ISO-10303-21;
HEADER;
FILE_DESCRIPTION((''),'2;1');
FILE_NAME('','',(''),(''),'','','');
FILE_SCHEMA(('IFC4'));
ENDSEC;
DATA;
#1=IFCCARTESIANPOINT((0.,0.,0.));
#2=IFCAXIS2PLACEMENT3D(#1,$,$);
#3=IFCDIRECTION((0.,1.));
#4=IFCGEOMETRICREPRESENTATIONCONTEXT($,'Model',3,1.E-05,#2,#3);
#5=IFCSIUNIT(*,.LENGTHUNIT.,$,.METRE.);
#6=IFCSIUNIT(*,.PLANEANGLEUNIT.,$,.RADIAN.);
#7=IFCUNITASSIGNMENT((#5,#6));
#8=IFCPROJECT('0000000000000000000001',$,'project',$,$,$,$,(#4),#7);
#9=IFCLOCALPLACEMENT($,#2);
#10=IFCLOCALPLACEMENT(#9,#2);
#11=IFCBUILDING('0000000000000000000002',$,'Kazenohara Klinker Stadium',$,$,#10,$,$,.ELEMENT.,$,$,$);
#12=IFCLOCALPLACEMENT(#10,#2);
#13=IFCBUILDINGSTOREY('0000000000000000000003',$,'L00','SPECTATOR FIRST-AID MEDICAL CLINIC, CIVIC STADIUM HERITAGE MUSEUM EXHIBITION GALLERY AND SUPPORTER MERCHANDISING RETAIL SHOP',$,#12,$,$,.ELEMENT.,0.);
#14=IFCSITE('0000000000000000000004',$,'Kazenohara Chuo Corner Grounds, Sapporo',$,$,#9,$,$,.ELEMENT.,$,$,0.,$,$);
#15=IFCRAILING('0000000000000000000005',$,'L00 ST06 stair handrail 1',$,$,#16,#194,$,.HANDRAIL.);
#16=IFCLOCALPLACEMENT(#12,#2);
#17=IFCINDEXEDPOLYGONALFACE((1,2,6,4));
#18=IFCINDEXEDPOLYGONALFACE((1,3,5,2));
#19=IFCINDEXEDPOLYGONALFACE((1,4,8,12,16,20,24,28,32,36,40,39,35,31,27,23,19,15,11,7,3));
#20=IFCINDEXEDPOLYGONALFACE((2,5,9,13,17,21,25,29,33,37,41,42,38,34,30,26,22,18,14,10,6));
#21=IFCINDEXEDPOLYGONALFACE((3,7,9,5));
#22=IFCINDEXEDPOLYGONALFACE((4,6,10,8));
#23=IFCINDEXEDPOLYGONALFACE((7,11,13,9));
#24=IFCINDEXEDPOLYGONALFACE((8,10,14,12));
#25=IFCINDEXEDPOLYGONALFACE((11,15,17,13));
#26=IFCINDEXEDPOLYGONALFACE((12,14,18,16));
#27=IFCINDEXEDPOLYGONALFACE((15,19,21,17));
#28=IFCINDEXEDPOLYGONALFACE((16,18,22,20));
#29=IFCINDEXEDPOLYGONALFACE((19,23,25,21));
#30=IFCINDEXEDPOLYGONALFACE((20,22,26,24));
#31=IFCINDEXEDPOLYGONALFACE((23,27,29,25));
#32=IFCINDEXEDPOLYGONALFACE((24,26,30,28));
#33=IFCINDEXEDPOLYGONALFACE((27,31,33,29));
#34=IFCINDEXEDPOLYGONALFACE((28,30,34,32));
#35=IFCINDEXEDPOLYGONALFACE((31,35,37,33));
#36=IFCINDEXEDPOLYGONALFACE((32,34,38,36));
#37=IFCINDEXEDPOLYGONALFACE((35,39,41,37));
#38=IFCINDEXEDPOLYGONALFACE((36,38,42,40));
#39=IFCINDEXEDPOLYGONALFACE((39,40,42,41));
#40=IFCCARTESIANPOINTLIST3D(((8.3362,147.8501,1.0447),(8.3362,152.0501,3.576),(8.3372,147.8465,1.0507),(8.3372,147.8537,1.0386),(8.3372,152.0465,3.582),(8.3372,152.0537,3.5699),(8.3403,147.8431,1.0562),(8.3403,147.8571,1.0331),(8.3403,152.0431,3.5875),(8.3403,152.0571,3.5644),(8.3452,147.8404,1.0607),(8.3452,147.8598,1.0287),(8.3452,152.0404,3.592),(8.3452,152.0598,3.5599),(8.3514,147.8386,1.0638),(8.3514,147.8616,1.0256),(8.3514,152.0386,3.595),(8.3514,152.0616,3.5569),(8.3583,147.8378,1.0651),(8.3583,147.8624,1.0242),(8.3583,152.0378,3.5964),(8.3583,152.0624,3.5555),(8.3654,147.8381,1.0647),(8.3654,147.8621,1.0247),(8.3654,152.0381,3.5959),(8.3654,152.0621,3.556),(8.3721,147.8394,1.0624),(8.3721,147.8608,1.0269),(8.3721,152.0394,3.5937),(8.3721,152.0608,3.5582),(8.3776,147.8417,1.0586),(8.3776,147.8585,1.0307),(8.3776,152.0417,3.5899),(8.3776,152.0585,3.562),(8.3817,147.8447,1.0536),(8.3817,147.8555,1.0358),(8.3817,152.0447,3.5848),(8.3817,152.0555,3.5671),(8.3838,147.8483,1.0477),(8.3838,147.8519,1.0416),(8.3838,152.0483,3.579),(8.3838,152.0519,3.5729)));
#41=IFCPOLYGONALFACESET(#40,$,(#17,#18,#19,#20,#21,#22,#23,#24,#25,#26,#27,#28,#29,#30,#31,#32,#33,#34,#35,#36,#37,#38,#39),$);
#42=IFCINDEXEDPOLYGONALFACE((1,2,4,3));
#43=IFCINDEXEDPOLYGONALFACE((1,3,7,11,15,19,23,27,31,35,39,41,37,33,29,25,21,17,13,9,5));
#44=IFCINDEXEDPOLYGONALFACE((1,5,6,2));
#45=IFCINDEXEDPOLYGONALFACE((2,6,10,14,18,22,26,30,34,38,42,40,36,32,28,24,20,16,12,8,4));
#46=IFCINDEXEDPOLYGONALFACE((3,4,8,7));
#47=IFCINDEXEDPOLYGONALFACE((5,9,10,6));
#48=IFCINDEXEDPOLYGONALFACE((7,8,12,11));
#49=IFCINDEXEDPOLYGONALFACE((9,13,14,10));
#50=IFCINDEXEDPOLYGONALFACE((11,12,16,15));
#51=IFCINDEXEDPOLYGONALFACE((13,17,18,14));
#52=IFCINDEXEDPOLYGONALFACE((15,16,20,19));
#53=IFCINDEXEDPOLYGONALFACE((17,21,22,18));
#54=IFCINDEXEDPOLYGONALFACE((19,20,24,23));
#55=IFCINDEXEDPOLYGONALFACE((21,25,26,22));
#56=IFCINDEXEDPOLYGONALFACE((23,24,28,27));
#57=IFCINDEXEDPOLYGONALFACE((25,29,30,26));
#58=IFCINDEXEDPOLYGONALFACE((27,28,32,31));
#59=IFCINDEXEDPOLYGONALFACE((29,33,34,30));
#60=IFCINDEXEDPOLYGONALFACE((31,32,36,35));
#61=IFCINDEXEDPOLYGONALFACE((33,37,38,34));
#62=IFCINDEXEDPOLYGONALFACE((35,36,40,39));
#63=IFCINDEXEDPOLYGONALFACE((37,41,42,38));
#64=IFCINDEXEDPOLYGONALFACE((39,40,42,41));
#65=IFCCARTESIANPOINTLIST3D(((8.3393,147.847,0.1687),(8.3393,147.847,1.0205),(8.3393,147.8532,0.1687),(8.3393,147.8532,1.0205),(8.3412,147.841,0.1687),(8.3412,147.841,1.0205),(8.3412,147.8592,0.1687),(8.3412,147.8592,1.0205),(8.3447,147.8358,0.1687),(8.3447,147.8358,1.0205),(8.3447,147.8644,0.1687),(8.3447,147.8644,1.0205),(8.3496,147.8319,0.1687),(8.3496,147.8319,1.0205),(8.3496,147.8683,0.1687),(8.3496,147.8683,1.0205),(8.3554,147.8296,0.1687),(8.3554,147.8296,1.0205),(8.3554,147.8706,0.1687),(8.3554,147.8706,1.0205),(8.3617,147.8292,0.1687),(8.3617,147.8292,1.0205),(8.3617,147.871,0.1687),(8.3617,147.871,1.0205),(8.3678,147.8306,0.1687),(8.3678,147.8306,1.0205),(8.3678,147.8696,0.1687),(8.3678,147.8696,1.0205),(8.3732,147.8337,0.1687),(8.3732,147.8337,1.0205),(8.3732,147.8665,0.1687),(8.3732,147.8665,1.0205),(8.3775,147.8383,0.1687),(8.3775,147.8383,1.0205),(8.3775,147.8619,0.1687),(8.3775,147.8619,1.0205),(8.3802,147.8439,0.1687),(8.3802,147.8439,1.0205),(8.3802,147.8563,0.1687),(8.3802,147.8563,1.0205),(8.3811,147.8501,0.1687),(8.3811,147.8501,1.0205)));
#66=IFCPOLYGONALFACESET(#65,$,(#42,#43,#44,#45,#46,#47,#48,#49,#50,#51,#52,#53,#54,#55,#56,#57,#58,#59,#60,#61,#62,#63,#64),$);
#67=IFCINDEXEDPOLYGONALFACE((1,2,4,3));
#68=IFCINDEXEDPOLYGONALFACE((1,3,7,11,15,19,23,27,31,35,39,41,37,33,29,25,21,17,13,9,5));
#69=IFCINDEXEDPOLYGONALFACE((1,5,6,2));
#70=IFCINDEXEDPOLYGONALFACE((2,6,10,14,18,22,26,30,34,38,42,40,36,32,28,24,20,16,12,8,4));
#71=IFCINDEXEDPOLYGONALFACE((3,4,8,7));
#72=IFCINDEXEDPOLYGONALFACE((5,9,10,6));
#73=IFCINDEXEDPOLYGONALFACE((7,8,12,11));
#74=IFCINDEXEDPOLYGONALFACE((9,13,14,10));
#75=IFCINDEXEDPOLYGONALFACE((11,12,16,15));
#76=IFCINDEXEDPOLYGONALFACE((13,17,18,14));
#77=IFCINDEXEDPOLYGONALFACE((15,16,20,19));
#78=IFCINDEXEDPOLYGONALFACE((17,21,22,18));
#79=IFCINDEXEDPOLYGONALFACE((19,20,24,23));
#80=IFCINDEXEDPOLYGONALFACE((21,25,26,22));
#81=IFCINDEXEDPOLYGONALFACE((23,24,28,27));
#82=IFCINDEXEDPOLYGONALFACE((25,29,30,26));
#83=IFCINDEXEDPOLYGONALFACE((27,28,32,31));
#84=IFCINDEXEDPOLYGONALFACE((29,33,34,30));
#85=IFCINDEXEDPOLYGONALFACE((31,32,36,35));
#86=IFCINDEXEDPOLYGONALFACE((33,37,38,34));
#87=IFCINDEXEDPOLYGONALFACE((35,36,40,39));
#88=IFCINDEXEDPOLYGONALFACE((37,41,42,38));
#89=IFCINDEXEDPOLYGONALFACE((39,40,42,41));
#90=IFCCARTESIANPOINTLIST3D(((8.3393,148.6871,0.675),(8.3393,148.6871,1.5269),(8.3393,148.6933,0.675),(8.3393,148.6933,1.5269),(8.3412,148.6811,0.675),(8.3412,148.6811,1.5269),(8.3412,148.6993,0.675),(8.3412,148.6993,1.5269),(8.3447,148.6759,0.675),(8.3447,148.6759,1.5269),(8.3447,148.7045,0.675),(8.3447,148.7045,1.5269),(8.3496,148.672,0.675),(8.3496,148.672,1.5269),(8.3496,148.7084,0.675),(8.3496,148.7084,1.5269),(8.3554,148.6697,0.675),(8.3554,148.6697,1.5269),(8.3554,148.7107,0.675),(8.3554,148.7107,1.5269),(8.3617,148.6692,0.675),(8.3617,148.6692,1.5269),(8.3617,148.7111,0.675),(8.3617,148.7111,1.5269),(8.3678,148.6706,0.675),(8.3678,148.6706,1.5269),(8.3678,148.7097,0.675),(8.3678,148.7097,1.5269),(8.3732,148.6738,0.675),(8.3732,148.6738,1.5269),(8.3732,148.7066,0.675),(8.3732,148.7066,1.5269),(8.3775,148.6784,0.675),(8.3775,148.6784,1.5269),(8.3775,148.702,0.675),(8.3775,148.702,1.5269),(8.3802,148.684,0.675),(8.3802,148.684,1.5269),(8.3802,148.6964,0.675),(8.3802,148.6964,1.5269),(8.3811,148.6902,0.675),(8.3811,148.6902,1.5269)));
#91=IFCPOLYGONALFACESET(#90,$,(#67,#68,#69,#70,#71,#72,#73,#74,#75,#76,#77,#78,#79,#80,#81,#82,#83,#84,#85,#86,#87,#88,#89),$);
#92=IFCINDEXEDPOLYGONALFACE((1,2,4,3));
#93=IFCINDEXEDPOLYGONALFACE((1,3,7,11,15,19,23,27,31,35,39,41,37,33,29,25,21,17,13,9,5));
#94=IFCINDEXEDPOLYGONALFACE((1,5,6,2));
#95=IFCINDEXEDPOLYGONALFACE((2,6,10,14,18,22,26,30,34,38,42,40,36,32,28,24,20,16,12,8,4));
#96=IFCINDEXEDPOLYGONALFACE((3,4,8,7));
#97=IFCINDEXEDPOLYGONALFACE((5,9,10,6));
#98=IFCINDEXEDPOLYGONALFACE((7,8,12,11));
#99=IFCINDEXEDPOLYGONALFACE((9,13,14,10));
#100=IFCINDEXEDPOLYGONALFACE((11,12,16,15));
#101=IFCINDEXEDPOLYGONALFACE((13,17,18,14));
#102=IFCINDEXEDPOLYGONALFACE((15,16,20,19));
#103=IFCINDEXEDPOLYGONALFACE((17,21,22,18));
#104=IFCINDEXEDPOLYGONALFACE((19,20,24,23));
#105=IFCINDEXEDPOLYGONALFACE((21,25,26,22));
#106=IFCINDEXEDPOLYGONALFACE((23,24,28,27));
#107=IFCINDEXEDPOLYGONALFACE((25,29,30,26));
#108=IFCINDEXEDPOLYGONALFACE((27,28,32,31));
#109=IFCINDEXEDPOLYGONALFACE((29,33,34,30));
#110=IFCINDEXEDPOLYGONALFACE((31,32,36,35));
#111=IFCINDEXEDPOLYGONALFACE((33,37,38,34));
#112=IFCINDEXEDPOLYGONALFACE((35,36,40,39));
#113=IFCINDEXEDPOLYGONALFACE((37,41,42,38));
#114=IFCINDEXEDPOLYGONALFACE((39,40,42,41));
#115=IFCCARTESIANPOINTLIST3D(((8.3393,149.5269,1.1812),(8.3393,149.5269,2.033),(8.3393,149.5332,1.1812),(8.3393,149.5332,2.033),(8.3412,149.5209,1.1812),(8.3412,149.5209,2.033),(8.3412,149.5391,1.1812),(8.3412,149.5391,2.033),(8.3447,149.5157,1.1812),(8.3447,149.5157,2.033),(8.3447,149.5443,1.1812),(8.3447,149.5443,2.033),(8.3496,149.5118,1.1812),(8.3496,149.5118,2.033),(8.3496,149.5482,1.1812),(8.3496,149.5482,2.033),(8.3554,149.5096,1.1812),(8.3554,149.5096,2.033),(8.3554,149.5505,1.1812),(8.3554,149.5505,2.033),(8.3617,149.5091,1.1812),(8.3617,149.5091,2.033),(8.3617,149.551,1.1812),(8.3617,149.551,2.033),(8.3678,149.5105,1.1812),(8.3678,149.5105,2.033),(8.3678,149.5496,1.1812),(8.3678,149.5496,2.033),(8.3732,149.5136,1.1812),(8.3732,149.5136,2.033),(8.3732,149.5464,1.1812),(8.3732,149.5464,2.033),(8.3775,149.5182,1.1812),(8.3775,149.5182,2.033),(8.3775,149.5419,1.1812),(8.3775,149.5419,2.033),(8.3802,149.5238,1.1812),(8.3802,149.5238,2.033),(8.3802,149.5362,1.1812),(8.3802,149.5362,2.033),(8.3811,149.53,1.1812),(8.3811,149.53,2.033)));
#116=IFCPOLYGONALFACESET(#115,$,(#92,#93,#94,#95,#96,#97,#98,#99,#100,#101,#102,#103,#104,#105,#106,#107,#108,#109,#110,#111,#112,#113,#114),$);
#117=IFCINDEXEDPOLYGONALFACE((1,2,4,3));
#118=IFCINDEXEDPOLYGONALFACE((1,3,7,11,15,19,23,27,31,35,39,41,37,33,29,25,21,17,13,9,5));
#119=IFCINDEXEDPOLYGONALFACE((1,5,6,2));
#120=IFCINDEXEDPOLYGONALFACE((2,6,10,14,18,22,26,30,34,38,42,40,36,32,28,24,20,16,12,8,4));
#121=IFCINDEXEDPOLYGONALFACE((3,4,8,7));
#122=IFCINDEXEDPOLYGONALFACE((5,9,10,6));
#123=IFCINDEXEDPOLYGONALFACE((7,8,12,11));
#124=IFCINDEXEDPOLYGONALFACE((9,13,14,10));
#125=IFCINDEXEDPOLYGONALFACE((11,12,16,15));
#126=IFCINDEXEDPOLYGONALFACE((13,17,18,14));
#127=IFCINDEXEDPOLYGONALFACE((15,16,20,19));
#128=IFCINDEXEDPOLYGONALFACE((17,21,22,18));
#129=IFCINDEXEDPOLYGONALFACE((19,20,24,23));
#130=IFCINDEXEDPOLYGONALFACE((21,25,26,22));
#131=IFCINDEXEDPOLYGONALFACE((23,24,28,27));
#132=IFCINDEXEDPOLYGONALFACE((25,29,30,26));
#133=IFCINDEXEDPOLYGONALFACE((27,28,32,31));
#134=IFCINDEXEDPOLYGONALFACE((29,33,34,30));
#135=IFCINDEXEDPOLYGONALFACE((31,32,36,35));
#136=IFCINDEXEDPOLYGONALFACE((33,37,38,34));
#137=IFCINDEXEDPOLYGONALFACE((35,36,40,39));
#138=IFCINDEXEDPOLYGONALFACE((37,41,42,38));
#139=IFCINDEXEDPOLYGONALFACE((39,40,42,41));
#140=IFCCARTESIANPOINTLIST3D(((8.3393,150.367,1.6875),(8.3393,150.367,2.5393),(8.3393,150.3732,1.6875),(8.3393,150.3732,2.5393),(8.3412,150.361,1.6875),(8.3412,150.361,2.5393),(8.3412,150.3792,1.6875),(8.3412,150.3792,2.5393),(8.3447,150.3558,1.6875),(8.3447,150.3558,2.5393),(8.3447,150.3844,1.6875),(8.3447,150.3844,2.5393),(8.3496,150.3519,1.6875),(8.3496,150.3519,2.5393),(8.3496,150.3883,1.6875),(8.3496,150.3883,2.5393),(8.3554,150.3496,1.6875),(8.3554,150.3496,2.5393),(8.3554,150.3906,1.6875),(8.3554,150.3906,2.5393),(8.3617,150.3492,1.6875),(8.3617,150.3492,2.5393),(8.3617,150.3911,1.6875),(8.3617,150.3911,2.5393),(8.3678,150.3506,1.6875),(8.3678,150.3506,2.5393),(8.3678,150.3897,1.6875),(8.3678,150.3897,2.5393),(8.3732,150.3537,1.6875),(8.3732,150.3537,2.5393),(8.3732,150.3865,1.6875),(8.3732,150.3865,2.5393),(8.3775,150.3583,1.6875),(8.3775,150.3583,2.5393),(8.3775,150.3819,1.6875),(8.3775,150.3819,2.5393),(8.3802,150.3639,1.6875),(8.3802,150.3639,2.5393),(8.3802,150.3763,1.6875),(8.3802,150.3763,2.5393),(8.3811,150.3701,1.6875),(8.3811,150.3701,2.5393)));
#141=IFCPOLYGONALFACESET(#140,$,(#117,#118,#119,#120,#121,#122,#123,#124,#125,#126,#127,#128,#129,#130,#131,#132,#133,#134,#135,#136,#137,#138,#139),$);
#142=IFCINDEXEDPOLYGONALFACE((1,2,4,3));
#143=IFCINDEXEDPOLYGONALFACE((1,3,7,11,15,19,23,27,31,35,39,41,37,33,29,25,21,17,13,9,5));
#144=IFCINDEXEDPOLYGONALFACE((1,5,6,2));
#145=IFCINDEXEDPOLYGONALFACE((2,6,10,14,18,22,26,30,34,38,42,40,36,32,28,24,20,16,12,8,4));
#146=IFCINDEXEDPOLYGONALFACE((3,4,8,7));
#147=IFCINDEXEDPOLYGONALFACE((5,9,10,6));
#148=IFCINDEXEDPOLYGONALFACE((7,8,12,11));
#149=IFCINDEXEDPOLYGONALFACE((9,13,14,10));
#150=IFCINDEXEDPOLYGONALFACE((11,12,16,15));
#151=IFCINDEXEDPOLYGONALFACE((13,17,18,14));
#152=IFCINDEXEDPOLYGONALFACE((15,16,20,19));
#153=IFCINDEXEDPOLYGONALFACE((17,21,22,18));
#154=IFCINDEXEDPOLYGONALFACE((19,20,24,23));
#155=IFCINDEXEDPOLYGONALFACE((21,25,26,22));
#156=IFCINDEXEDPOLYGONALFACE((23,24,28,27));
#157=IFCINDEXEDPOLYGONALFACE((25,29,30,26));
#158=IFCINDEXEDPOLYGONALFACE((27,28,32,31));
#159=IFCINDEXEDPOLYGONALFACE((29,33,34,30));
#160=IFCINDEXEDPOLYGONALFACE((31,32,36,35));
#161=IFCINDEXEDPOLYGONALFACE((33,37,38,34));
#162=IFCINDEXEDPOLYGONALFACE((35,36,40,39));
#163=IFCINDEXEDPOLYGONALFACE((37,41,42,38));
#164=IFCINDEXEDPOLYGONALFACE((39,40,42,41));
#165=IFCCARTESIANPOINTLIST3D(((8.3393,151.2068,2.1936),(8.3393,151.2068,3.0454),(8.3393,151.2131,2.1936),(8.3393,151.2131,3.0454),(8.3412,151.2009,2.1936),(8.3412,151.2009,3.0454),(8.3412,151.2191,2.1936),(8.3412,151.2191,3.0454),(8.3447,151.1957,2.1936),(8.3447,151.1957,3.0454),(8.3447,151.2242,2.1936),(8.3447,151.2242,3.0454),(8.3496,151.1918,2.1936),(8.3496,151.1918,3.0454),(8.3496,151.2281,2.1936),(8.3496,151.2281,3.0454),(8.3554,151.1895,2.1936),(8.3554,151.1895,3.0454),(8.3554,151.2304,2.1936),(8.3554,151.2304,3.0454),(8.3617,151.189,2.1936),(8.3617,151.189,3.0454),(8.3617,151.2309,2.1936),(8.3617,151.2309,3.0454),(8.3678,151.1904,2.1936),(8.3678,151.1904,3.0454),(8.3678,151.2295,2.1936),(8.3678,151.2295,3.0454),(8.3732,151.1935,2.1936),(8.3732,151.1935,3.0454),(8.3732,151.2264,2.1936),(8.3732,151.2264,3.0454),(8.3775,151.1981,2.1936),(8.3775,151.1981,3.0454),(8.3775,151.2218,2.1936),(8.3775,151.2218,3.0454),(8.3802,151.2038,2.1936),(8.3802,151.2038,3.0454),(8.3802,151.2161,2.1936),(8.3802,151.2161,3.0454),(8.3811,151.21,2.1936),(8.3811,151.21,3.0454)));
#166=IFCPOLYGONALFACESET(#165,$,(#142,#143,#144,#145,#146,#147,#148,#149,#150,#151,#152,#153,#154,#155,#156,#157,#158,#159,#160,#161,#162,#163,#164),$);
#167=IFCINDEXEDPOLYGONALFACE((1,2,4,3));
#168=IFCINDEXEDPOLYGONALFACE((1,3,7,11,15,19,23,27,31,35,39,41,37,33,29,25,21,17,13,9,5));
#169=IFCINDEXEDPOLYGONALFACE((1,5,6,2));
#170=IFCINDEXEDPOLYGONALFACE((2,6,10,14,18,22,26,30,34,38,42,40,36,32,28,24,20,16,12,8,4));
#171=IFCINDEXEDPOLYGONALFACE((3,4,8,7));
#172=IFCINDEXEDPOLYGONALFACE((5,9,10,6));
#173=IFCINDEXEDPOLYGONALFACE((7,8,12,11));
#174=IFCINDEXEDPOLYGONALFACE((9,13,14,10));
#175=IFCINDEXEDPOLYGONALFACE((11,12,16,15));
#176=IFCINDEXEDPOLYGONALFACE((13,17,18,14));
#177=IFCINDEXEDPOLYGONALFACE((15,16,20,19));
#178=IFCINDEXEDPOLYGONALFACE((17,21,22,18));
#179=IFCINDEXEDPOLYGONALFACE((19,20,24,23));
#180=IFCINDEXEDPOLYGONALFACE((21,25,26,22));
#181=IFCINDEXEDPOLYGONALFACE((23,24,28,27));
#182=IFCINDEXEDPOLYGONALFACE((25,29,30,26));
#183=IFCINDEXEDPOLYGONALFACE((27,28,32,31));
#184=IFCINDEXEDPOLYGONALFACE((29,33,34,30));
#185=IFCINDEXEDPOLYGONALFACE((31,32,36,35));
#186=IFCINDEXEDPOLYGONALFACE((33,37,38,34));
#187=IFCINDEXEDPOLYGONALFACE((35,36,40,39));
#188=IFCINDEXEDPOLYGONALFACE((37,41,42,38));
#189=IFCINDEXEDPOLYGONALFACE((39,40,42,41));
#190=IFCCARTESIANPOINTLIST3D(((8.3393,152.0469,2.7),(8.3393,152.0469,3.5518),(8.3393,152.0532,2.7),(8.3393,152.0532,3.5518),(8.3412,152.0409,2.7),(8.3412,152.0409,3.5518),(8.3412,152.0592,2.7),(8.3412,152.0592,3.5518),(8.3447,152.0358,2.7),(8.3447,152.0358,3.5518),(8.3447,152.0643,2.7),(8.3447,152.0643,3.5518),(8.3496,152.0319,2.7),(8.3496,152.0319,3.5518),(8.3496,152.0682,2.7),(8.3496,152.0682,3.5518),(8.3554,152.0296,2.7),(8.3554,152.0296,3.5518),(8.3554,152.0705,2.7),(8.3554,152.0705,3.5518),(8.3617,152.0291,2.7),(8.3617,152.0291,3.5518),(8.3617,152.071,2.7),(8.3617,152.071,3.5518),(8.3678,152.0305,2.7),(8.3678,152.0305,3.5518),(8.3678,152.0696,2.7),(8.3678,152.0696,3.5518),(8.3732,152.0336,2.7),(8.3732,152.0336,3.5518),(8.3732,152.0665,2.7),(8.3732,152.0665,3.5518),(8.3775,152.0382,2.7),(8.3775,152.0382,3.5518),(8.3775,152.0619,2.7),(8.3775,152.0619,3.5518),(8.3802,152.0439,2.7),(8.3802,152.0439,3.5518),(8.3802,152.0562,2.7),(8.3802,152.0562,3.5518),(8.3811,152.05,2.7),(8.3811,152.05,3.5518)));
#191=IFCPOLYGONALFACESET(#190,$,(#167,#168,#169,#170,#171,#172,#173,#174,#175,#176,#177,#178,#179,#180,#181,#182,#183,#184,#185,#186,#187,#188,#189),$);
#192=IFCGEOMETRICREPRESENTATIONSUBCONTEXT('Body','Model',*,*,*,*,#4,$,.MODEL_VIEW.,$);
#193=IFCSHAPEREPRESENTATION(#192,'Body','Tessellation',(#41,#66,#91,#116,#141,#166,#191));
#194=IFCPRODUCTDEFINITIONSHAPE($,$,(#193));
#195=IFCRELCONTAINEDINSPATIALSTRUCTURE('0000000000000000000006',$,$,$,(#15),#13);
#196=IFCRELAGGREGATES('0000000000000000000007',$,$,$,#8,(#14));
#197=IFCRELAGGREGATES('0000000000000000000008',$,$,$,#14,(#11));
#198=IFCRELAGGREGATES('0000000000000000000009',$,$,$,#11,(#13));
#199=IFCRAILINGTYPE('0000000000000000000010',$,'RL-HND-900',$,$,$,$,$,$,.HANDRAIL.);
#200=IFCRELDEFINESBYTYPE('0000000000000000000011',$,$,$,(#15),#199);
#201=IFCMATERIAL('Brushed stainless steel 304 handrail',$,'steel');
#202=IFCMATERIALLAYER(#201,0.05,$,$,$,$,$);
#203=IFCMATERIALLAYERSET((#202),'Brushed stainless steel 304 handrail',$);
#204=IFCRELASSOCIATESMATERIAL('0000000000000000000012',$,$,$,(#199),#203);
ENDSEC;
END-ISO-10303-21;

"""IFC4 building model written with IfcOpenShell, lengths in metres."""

from ifc_helpers import new_model, si_unit, direction, frame, origin, origin_2d, place, context, subcontext, project, spatial, circle, extrude, material, layer, layer_set, type_object, element, save


model = new_model("IFC4")

# Units and contexts
model_context = context("Model", 3, precision=1e-05, world=origin(), true_north=direction((0.0, 1.0)))
body_context = subcontext(model_context, "Body", "Model", "MODEL_VIEW")
ifc_project = project(units=[si_unit("LENGTHUNIT", "METRE"), si_unit("PLANEANGLEUNIT", "RADIAN")], contexts=[model_context])

# Site, building, storey
site_placement = place(None, origin())
site = spatial("IfcSite", under=ifc_project, at=site_placement, Name="Kazenohara Chuo Corner Grounds, Sapporo", CompositionType="ELEMENT", RefElevation=0.0)
building_placement = place(site_placement, origin())
building = spatial("IfcBuilding", under=site, at=building_placement, Name="Kazenohara Klinker Stadium", CompositionType="ELEMENT")
storey_placement = place(building_placement, origin())
storey = spatial("IfcBuildingStorey", under=building, at=storey_placement, Name="L00", Description="SPECTATOR FIRST-AID MEDICAL CLINIC, CIVIC STADIUM HERITAGE MUSEUM EXHIBITION GALLERY AND SUPPORTER MERCHANDISING RETAIL SHOP", CompositionType="ELEMENT", Elevation=0.0)

# Railing
ifc_material_1 = material(Name="Brushed stainless steel 304 handrail", Category="steel")
ifc_layer_1 = layer(ifc_material_1, 0.05)
ifc_layer_set_1 = layer_set([ifc_layer_1], Name="Brushed stainless steel 304 handrail")
railing_type_1 = type_object("IfcRailingType", Name="RL-HND-900", PredefinedType="HANDRAIL", material=ifc_layer_set_1)
railing_1_placement = place(storey_placement, frame((8.3601, 147.8501, 0.1687)))
element("IfcRailing", 1, at=railing_1_placement, inside=storey, type_object=railing_type_1, Name="L00 ST06 stair handrail 1", PredefinedType="HANDRAIL", context=body_context, shape_type="SweptSolid", body=[
    extrude(circle(Radius=0.0239, at=origin_2d()), frame((0.0, 0.0, 0.876), z_axis=(0.0, 0.856476, 0.516186), x_axis=(-1.0, 0.0, 0.0)), (0.0, 0.0, 1.0), 4.9038),
    extrude(circle(Radius=0.021, at=origin_2d()), origin(), (0.0, 0.0, 1.0), 0.8518),
    extrude(circle(Radius=0.021, at=origin_2d()), frame((0.0, 0.8401, 0.5063)), (0.0, 0.0, 1.0), 0.8518),
    extrude(circle(Radius=0.021, at=origin_2d()), frame((0.0, 1.6799, 1.0125)), (0.0, 0.0, 1.0), 0.8518),
    extrude(circle(Radius=0.021, at=origin_2d()), frame((0.0, 2.52, 1.5188)), (0.0, 0.0, 1.0), 0.8518),
    extrude(circle(Radius=0.021, at=origin_2d()), frame((0.0, 3.3599, 2.0249)), (0.0, 0.0, 1.0), 0.8518),
    extrude(circle(Radius=0.021, at=origin_2d()), frame((0.0, 4.2, 2.5312)), (0.0, 0.0, 1.0), 0.8518),
])

save(model, "model.ifc")
